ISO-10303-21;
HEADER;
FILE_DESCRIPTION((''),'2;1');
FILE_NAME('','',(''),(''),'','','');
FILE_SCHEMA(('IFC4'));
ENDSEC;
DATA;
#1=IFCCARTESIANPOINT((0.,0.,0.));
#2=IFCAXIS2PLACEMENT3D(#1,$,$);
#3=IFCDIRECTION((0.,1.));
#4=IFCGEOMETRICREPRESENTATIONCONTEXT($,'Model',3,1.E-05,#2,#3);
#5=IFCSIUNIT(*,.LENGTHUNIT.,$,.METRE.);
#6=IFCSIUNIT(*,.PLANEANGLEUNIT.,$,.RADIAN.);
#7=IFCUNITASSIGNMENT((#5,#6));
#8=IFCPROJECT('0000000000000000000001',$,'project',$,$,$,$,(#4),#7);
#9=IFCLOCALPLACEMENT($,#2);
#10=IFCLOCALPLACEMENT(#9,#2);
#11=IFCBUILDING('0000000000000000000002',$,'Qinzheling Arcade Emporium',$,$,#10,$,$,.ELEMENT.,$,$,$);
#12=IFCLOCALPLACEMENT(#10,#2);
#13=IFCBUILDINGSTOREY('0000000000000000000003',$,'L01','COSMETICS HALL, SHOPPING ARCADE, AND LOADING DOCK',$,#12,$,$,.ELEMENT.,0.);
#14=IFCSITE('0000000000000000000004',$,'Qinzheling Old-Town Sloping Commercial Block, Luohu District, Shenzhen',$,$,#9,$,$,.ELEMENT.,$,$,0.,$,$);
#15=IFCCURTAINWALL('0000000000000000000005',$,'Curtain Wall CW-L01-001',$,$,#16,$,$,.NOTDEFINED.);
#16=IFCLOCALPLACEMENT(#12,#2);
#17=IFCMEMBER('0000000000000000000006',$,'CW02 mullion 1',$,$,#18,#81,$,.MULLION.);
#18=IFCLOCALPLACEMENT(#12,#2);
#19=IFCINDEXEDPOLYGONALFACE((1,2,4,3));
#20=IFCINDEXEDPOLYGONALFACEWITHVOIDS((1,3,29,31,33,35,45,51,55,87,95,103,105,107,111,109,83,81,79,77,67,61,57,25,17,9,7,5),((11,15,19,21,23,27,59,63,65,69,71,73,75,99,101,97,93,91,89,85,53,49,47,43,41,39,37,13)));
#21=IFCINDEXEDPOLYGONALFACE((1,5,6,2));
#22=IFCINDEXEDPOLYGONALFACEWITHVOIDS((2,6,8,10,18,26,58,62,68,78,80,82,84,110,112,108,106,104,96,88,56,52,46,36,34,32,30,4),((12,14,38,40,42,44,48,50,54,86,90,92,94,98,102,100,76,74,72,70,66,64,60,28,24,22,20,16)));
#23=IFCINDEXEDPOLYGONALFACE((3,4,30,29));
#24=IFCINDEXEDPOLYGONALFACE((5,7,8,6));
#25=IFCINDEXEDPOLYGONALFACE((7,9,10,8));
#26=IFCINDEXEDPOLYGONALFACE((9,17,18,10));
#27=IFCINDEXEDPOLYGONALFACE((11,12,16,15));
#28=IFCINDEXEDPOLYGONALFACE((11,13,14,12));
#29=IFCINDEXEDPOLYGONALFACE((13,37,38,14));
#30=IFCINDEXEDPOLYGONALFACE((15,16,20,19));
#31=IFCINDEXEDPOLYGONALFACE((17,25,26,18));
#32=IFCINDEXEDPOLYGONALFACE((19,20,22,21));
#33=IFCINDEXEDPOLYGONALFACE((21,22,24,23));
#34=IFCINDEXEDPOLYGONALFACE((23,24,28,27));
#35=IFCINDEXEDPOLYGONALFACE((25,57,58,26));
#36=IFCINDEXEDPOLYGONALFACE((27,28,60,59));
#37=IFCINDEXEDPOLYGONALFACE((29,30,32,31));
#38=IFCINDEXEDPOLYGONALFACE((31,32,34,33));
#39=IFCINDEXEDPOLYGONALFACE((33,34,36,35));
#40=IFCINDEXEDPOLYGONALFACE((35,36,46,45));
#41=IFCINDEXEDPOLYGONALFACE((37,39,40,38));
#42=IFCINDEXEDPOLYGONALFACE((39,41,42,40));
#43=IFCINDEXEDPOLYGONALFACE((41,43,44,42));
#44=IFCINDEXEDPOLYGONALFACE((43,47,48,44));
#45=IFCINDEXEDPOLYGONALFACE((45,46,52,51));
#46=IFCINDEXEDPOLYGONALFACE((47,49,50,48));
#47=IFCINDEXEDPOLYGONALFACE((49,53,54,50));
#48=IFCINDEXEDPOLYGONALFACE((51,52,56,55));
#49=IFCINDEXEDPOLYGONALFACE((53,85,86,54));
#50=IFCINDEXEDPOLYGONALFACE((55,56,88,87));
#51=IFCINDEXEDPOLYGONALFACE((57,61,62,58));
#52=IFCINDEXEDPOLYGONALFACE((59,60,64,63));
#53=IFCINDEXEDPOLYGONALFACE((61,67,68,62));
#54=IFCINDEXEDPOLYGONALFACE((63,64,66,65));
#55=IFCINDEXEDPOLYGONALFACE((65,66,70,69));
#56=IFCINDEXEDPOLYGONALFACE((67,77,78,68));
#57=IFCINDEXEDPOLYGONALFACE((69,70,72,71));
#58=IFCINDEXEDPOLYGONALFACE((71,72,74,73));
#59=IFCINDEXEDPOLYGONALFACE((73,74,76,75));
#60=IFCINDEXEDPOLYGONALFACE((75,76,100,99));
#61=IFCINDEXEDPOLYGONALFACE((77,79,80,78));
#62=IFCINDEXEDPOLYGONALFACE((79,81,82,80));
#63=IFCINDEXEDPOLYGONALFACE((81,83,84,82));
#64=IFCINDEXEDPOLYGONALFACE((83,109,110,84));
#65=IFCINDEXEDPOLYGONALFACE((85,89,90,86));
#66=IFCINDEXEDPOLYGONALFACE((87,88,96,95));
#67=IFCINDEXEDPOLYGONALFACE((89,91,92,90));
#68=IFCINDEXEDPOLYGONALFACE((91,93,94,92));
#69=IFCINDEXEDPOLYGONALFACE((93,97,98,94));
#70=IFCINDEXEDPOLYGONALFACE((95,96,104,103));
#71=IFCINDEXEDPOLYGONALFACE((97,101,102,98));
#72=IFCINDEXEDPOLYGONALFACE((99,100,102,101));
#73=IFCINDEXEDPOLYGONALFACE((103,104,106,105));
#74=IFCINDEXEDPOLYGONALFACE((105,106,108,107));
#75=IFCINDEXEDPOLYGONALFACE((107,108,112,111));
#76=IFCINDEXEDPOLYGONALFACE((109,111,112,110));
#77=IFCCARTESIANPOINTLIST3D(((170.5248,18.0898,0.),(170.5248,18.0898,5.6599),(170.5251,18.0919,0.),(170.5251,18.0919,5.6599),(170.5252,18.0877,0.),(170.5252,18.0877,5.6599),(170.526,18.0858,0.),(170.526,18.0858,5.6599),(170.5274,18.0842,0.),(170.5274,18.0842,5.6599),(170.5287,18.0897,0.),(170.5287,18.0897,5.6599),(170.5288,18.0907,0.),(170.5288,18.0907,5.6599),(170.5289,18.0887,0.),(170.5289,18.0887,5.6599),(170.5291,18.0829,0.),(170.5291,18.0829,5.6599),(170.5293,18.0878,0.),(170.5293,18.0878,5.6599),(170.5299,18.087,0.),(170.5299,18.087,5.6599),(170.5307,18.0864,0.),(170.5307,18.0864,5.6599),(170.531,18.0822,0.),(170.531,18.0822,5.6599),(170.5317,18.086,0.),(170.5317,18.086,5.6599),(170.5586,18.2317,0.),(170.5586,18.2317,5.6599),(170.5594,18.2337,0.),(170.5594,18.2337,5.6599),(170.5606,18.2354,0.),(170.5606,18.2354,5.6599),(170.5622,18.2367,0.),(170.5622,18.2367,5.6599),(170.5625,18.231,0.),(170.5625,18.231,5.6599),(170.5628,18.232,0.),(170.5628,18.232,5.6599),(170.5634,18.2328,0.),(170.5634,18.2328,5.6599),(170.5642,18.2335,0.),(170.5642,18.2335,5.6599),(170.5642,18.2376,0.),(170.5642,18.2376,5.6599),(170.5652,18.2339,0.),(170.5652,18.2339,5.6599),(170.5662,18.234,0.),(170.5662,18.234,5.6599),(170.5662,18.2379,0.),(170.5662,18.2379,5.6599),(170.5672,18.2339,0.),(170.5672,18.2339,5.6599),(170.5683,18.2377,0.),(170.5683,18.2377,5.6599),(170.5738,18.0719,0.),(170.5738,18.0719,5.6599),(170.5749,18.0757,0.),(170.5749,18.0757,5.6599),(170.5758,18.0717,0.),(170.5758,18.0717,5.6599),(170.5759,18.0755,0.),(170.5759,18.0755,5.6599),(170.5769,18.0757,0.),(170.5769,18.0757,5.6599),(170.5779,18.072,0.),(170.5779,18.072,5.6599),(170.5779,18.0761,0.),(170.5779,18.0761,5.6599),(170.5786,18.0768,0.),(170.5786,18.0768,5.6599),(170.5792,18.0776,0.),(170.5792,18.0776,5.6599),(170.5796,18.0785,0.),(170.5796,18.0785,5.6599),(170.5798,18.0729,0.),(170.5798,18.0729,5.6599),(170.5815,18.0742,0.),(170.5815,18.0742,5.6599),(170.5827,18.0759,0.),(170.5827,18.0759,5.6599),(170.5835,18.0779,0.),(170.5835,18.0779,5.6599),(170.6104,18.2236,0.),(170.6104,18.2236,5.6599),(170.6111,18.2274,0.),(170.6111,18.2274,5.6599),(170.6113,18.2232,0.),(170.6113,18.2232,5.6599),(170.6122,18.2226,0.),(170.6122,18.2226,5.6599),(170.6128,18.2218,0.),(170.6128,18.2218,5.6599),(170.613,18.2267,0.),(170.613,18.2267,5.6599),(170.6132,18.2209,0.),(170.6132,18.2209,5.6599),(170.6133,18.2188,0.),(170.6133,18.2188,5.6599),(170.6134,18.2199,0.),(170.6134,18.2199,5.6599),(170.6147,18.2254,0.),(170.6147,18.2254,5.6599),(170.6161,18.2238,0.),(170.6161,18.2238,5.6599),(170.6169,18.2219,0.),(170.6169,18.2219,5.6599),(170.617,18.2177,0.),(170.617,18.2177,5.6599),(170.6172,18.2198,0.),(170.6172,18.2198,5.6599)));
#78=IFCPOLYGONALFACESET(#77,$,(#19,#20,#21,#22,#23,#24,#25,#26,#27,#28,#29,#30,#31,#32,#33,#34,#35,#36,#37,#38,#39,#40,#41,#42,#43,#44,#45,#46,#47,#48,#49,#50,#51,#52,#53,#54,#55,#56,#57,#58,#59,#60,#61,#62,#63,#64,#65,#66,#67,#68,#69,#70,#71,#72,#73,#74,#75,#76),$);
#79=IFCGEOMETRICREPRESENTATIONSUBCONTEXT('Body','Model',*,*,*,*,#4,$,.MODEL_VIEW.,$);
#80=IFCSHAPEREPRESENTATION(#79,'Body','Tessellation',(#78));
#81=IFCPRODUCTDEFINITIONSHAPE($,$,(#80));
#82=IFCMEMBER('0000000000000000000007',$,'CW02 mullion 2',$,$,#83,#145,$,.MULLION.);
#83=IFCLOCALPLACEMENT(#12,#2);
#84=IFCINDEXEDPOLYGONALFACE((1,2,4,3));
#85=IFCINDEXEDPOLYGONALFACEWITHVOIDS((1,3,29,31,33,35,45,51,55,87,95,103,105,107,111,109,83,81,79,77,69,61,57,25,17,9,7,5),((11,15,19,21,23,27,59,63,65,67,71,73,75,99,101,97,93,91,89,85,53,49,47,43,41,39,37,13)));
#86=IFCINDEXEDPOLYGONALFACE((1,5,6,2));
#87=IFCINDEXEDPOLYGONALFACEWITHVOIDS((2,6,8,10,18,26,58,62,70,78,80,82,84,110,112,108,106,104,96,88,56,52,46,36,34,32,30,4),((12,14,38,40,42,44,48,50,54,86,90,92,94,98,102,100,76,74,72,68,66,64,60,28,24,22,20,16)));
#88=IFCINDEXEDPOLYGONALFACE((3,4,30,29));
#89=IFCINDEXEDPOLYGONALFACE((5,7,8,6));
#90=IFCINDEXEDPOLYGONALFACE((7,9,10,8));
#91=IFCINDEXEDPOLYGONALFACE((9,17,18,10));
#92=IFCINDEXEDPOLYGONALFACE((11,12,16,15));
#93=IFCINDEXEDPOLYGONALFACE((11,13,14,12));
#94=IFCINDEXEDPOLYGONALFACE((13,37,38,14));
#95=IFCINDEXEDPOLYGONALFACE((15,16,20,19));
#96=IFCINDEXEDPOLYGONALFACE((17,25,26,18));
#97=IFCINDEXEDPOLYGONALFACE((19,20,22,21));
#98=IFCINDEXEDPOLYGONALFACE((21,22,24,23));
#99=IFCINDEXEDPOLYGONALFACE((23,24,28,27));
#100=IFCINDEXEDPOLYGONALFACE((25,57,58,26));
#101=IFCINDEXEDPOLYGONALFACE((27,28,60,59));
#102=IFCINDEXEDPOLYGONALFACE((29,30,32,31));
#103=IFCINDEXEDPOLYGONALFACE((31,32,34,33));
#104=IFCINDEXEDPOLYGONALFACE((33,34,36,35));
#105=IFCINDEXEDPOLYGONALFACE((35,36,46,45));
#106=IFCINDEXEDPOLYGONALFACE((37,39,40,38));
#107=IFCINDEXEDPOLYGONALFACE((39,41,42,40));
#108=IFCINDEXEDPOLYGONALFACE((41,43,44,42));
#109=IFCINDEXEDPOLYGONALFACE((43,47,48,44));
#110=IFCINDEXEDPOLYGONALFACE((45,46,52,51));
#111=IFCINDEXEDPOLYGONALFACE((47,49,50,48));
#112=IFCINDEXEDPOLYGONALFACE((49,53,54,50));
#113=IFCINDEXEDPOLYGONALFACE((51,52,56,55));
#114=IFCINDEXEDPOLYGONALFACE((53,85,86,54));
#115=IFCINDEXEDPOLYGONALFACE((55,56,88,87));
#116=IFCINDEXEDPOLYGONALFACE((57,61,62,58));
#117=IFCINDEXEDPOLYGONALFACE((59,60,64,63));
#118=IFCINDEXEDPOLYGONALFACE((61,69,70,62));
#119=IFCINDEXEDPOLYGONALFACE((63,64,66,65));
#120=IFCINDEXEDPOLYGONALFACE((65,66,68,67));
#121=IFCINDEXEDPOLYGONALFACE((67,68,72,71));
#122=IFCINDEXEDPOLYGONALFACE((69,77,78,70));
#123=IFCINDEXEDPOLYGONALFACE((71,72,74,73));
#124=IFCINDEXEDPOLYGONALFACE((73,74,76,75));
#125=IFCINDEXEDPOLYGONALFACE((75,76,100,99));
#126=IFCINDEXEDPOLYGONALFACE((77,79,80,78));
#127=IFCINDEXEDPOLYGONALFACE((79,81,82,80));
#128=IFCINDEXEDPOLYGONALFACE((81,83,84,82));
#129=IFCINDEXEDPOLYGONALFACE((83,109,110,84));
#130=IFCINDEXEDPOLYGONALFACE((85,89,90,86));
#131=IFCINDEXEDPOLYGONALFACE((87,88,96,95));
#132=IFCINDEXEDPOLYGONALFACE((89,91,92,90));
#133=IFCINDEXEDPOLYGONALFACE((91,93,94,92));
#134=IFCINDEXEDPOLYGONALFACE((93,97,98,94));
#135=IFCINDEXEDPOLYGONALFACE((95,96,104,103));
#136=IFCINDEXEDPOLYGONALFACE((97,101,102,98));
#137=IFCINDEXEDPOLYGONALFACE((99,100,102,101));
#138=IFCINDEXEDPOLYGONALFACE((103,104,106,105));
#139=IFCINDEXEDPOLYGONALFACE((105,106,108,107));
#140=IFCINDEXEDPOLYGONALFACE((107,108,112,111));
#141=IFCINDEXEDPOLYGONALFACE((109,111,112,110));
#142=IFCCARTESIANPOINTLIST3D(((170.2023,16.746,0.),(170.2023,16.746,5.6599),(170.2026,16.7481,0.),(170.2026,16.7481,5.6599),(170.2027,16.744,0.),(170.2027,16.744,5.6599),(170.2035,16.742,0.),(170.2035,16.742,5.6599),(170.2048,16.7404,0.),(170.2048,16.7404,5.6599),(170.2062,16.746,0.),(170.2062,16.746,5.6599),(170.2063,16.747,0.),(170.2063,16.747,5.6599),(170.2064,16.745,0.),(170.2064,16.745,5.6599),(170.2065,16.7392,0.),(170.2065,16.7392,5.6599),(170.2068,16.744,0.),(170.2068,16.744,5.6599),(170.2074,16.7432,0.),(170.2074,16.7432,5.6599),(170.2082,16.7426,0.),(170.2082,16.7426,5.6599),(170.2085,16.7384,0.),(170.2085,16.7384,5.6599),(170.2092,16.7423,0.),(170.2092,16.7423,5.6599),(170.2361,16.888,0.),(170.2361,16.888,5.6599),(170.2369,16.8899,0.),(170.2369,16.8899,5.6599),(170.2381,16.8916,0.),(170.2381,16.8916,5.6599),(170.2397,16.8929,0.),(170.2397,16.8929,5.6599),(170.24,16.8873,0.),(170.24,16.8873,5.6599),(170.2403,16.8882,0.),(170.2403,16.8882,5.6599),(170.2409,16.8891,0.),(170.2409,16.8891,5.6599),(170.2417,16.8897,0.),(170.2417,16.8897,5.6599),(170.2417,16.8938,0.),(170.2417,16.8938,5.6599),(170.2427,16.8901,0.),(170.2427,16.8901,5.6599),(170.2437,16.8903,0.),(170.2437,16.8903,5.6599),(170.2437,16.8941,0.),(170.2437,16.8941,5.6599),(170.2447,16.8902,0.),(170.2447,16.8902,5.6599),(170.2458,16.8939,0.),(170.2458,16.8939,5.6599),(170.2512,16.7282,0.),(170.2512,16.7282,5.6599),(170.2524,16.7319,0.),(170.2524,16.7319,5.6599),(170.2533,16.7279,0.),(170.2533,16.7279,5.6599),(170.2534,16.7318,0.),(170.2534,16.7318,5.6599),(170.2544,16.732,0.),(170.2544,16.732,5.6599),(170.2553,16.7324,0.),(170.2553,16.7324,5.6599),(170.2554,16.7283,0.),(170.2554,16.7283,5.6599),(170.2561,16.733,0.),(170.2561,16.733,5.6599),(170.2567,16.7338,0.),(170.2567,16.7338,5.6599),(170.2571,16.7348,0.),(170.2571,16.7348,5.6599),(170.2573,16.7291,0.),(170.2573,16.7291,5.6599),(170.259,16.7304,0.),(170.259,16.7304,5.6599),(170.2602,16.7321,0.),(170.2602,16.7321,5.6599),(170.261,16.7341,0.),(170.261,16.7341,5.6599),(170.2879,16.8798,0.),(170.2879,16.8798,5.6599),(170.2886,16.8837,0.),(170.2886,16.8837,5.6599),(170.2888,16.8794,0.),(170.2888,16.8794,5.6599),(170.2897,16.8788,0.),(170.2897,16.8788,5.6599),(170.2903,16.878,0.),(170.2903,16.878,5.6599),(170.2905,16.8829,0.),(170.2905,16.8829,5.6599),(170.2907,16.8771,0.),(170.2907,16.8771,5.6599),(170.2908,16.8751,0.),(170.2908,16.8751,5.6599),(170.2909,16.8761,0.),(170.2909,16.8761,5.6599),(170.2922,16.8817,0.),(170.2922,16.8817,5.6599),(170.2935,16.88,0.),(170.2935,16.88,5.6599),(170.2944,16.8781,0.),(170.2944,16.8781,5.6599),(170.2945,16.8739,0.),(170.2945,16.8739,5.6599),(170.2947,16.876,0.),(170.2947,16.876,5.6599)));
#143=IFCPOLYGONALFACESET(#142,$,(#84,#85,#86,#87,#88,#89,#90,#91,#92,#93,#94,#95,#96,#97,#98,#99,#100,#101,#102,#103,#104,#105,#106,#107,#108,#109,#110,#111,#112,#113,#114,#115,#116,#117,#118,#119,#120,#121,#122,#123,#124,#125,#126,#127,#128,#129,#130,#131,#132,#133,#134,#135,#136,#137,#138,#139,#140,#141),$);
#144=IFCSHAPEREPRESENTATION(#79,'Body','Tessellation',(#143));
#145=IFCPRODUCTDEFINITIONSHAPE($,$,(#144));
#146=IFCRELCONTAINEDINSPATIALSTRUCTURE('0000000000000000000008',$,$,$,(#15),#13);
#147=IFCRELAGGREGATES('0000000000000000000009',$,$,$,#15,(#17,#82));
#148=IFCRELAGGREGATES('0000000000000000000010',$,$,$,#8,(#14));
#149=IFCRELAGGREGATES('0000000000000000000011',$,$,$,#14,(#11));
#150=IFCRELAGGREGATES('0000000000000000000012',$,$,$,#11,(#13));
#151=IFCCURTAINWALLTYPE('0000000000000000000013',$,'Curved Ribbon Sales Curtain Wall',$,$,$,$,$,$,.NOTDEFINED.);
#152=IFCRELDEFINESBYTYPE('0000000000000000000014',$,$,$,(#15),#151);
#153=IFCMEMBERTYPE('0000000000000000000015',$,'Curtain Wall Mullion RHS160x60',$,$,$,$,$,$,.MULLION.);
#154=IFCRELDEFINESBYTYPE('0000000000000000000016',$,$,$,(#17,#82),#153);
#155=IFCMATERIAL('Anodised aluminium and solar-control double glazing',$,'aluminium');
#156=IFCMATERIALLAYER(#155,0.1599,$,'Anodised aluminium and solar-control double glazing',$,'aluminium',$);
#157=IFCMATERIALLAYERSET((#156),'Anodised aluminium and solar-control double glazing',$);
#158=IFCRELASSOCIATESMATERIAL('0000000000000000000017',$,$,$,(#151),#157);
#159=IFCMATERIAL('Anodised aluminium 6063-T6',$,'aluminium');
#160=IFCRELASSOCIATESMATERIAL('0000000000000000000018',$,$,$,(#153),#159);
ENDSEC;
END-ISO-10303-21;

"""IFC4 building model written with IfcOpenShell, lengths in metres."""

from ifc_helpers import new_model, si_unit, direction, frame, origin, origin_2d, place, context, subcontext, project, spatial, hollow_rectangle, extrude, material, layer, layer_set, material_profile, profile_set, type_object, element, aggregate, save


model = new_model("IFC4")

# Units and contexts
model_context = context("Model", 3, precision=1e-05, world=origin(), true_north=direction((0.0, 1.0)))
body_context = subcontext(model_context, "Body", "Model", "MODEL_VIEW")
ifc_project = project(units=[si_unit("LENGTHUNIT", "METRE"), si_unit("PLANEANGLEUNIT", "RADIAN")], contexts=[model_context])

# Site, building, storey
site_placement = place(None, origin())
site = spatial("IfcSite", under=ifc_project, at=site_placement, Name="Qinzheling Old-Town Sloping Commercial Block, Luohu District, Shenzhen", CompositionType="ELEMENT", RefElevation=0.0)
building_placement = place(site_placement, origin())
building = spatial("IfcBuilding", under=site, at=building_placement, Name="Qinzheling Arcade Emporium", CompositionType="ELEMENT")
storey_placement = place(building_placement, origin())
storey = spatial("IfcBuildingStorey", under=building, at=storey_placement, Name="L01", Description="COSMETICS HALL, SHOPPING ARCADE, AND LOADING DOCK", CompositionType="ELEMENT", Elevation=0.0)

# Curtain wall, members
ifc_material_1 = material(Name="Anodised aluminium and solar-control double glazing", Category="aluminium")
ifc_layer_1 = layer(ifc_material_1, 0.1599, Name="Anodised aluminium and solar-control double glazing", Category="aluminium")
ifc_layer_set_1 = layer_set([ifc_layer_1], Name="Anodised aluminium and solar-control double glazing")
curtain_wall_type = type_object("IfcCurtainWallType", Name="Curved Ribbon Sales Curtain Wall", PredefinedType="NOTDEFINED", material=ifc_layer_set_1)
curtain_wall_1_placement = place(storey_placement, origin())
curtain_wall_1 = element("IfcCurtainWall", 1, at=curtain_wall_1_placement, inside=storey, type_object=curtain_wall_type, Name="Curtain Wall CW-L01-001", PredefinedType="NOTDEFINED")
ifc_material_2 = material(Name="Anodised aluminium 6063-T6", Category="aluminium")
ifc_material_profile_1 = material_profile(ifc_material_2, hollow_rectangle(XDim=0.0601, YDim=0.1599, WallThickness=0.0039, InnerFilletRadius=0.0039, OuterFilletRadius=0.0081, at=origin_2d()), Name="RHS 160x60x4", Category="aluminium")
ifc_profile_set_1 = profile_set([ifc_material_profile_1], Name="Anodised aluminium 6063-T6")
member_type_1 = type_object("IfcMemberType", Name="Curtain Wall Mullion RHS160x60", PredefinedType="MULLION", material=ifc_profile_set_1)
member_1_placement = place(storey_placement, frame((170.571, 18.1548, 0.0), z_axis=(0.0, 0.0, 1.0), x_axis=(0.972391, -0.23336, 0.0)))
member_1 = element("IfcMember", 2, at=member_1_placement, type_object=member_type_1, Name="CW02 mullion 1", PredefinedType="MULLION", context=body_context, shape_type="SweptSolid", body=[
    extrude(hollow_rectangle(XDim=0.0601, YDim=0.1599, WallThickness=0.0039, InnerFilletRadius=0.0039, OuterFilletRadius=0.0081, at=origin_2d()), origin(), (0.0, 0.0, 1.0), 5.6599),
])
member_2_placement = place(storey_placement, frame((170.2485, 16.811, 0.0), z_axis=(0.0, 0.0, 1.0), x_axis=(0.972391, -0.23336, 0.0)))
member_2 = element("IfcMember", 3, at=member_2_placement, type_object=member_type_1, Name="CW02 mullion 2", PredefinedType="MULLION", context=body_context, shape_type="SweptSolid", body=[
    extrude(hollow_rectangle(XDim=0.0601, YDim=0.1599, WallThickness=0.0039, InnerFilletRadius=0.0039, OuterFilletRadius=0.0081, at=origin_2d()), origin(), (0.0, 0.0, 1.0), 5.6599),
])

aggregate(curtain_wall_1, [member_1, member_2])

save(model, "model.ifc")
